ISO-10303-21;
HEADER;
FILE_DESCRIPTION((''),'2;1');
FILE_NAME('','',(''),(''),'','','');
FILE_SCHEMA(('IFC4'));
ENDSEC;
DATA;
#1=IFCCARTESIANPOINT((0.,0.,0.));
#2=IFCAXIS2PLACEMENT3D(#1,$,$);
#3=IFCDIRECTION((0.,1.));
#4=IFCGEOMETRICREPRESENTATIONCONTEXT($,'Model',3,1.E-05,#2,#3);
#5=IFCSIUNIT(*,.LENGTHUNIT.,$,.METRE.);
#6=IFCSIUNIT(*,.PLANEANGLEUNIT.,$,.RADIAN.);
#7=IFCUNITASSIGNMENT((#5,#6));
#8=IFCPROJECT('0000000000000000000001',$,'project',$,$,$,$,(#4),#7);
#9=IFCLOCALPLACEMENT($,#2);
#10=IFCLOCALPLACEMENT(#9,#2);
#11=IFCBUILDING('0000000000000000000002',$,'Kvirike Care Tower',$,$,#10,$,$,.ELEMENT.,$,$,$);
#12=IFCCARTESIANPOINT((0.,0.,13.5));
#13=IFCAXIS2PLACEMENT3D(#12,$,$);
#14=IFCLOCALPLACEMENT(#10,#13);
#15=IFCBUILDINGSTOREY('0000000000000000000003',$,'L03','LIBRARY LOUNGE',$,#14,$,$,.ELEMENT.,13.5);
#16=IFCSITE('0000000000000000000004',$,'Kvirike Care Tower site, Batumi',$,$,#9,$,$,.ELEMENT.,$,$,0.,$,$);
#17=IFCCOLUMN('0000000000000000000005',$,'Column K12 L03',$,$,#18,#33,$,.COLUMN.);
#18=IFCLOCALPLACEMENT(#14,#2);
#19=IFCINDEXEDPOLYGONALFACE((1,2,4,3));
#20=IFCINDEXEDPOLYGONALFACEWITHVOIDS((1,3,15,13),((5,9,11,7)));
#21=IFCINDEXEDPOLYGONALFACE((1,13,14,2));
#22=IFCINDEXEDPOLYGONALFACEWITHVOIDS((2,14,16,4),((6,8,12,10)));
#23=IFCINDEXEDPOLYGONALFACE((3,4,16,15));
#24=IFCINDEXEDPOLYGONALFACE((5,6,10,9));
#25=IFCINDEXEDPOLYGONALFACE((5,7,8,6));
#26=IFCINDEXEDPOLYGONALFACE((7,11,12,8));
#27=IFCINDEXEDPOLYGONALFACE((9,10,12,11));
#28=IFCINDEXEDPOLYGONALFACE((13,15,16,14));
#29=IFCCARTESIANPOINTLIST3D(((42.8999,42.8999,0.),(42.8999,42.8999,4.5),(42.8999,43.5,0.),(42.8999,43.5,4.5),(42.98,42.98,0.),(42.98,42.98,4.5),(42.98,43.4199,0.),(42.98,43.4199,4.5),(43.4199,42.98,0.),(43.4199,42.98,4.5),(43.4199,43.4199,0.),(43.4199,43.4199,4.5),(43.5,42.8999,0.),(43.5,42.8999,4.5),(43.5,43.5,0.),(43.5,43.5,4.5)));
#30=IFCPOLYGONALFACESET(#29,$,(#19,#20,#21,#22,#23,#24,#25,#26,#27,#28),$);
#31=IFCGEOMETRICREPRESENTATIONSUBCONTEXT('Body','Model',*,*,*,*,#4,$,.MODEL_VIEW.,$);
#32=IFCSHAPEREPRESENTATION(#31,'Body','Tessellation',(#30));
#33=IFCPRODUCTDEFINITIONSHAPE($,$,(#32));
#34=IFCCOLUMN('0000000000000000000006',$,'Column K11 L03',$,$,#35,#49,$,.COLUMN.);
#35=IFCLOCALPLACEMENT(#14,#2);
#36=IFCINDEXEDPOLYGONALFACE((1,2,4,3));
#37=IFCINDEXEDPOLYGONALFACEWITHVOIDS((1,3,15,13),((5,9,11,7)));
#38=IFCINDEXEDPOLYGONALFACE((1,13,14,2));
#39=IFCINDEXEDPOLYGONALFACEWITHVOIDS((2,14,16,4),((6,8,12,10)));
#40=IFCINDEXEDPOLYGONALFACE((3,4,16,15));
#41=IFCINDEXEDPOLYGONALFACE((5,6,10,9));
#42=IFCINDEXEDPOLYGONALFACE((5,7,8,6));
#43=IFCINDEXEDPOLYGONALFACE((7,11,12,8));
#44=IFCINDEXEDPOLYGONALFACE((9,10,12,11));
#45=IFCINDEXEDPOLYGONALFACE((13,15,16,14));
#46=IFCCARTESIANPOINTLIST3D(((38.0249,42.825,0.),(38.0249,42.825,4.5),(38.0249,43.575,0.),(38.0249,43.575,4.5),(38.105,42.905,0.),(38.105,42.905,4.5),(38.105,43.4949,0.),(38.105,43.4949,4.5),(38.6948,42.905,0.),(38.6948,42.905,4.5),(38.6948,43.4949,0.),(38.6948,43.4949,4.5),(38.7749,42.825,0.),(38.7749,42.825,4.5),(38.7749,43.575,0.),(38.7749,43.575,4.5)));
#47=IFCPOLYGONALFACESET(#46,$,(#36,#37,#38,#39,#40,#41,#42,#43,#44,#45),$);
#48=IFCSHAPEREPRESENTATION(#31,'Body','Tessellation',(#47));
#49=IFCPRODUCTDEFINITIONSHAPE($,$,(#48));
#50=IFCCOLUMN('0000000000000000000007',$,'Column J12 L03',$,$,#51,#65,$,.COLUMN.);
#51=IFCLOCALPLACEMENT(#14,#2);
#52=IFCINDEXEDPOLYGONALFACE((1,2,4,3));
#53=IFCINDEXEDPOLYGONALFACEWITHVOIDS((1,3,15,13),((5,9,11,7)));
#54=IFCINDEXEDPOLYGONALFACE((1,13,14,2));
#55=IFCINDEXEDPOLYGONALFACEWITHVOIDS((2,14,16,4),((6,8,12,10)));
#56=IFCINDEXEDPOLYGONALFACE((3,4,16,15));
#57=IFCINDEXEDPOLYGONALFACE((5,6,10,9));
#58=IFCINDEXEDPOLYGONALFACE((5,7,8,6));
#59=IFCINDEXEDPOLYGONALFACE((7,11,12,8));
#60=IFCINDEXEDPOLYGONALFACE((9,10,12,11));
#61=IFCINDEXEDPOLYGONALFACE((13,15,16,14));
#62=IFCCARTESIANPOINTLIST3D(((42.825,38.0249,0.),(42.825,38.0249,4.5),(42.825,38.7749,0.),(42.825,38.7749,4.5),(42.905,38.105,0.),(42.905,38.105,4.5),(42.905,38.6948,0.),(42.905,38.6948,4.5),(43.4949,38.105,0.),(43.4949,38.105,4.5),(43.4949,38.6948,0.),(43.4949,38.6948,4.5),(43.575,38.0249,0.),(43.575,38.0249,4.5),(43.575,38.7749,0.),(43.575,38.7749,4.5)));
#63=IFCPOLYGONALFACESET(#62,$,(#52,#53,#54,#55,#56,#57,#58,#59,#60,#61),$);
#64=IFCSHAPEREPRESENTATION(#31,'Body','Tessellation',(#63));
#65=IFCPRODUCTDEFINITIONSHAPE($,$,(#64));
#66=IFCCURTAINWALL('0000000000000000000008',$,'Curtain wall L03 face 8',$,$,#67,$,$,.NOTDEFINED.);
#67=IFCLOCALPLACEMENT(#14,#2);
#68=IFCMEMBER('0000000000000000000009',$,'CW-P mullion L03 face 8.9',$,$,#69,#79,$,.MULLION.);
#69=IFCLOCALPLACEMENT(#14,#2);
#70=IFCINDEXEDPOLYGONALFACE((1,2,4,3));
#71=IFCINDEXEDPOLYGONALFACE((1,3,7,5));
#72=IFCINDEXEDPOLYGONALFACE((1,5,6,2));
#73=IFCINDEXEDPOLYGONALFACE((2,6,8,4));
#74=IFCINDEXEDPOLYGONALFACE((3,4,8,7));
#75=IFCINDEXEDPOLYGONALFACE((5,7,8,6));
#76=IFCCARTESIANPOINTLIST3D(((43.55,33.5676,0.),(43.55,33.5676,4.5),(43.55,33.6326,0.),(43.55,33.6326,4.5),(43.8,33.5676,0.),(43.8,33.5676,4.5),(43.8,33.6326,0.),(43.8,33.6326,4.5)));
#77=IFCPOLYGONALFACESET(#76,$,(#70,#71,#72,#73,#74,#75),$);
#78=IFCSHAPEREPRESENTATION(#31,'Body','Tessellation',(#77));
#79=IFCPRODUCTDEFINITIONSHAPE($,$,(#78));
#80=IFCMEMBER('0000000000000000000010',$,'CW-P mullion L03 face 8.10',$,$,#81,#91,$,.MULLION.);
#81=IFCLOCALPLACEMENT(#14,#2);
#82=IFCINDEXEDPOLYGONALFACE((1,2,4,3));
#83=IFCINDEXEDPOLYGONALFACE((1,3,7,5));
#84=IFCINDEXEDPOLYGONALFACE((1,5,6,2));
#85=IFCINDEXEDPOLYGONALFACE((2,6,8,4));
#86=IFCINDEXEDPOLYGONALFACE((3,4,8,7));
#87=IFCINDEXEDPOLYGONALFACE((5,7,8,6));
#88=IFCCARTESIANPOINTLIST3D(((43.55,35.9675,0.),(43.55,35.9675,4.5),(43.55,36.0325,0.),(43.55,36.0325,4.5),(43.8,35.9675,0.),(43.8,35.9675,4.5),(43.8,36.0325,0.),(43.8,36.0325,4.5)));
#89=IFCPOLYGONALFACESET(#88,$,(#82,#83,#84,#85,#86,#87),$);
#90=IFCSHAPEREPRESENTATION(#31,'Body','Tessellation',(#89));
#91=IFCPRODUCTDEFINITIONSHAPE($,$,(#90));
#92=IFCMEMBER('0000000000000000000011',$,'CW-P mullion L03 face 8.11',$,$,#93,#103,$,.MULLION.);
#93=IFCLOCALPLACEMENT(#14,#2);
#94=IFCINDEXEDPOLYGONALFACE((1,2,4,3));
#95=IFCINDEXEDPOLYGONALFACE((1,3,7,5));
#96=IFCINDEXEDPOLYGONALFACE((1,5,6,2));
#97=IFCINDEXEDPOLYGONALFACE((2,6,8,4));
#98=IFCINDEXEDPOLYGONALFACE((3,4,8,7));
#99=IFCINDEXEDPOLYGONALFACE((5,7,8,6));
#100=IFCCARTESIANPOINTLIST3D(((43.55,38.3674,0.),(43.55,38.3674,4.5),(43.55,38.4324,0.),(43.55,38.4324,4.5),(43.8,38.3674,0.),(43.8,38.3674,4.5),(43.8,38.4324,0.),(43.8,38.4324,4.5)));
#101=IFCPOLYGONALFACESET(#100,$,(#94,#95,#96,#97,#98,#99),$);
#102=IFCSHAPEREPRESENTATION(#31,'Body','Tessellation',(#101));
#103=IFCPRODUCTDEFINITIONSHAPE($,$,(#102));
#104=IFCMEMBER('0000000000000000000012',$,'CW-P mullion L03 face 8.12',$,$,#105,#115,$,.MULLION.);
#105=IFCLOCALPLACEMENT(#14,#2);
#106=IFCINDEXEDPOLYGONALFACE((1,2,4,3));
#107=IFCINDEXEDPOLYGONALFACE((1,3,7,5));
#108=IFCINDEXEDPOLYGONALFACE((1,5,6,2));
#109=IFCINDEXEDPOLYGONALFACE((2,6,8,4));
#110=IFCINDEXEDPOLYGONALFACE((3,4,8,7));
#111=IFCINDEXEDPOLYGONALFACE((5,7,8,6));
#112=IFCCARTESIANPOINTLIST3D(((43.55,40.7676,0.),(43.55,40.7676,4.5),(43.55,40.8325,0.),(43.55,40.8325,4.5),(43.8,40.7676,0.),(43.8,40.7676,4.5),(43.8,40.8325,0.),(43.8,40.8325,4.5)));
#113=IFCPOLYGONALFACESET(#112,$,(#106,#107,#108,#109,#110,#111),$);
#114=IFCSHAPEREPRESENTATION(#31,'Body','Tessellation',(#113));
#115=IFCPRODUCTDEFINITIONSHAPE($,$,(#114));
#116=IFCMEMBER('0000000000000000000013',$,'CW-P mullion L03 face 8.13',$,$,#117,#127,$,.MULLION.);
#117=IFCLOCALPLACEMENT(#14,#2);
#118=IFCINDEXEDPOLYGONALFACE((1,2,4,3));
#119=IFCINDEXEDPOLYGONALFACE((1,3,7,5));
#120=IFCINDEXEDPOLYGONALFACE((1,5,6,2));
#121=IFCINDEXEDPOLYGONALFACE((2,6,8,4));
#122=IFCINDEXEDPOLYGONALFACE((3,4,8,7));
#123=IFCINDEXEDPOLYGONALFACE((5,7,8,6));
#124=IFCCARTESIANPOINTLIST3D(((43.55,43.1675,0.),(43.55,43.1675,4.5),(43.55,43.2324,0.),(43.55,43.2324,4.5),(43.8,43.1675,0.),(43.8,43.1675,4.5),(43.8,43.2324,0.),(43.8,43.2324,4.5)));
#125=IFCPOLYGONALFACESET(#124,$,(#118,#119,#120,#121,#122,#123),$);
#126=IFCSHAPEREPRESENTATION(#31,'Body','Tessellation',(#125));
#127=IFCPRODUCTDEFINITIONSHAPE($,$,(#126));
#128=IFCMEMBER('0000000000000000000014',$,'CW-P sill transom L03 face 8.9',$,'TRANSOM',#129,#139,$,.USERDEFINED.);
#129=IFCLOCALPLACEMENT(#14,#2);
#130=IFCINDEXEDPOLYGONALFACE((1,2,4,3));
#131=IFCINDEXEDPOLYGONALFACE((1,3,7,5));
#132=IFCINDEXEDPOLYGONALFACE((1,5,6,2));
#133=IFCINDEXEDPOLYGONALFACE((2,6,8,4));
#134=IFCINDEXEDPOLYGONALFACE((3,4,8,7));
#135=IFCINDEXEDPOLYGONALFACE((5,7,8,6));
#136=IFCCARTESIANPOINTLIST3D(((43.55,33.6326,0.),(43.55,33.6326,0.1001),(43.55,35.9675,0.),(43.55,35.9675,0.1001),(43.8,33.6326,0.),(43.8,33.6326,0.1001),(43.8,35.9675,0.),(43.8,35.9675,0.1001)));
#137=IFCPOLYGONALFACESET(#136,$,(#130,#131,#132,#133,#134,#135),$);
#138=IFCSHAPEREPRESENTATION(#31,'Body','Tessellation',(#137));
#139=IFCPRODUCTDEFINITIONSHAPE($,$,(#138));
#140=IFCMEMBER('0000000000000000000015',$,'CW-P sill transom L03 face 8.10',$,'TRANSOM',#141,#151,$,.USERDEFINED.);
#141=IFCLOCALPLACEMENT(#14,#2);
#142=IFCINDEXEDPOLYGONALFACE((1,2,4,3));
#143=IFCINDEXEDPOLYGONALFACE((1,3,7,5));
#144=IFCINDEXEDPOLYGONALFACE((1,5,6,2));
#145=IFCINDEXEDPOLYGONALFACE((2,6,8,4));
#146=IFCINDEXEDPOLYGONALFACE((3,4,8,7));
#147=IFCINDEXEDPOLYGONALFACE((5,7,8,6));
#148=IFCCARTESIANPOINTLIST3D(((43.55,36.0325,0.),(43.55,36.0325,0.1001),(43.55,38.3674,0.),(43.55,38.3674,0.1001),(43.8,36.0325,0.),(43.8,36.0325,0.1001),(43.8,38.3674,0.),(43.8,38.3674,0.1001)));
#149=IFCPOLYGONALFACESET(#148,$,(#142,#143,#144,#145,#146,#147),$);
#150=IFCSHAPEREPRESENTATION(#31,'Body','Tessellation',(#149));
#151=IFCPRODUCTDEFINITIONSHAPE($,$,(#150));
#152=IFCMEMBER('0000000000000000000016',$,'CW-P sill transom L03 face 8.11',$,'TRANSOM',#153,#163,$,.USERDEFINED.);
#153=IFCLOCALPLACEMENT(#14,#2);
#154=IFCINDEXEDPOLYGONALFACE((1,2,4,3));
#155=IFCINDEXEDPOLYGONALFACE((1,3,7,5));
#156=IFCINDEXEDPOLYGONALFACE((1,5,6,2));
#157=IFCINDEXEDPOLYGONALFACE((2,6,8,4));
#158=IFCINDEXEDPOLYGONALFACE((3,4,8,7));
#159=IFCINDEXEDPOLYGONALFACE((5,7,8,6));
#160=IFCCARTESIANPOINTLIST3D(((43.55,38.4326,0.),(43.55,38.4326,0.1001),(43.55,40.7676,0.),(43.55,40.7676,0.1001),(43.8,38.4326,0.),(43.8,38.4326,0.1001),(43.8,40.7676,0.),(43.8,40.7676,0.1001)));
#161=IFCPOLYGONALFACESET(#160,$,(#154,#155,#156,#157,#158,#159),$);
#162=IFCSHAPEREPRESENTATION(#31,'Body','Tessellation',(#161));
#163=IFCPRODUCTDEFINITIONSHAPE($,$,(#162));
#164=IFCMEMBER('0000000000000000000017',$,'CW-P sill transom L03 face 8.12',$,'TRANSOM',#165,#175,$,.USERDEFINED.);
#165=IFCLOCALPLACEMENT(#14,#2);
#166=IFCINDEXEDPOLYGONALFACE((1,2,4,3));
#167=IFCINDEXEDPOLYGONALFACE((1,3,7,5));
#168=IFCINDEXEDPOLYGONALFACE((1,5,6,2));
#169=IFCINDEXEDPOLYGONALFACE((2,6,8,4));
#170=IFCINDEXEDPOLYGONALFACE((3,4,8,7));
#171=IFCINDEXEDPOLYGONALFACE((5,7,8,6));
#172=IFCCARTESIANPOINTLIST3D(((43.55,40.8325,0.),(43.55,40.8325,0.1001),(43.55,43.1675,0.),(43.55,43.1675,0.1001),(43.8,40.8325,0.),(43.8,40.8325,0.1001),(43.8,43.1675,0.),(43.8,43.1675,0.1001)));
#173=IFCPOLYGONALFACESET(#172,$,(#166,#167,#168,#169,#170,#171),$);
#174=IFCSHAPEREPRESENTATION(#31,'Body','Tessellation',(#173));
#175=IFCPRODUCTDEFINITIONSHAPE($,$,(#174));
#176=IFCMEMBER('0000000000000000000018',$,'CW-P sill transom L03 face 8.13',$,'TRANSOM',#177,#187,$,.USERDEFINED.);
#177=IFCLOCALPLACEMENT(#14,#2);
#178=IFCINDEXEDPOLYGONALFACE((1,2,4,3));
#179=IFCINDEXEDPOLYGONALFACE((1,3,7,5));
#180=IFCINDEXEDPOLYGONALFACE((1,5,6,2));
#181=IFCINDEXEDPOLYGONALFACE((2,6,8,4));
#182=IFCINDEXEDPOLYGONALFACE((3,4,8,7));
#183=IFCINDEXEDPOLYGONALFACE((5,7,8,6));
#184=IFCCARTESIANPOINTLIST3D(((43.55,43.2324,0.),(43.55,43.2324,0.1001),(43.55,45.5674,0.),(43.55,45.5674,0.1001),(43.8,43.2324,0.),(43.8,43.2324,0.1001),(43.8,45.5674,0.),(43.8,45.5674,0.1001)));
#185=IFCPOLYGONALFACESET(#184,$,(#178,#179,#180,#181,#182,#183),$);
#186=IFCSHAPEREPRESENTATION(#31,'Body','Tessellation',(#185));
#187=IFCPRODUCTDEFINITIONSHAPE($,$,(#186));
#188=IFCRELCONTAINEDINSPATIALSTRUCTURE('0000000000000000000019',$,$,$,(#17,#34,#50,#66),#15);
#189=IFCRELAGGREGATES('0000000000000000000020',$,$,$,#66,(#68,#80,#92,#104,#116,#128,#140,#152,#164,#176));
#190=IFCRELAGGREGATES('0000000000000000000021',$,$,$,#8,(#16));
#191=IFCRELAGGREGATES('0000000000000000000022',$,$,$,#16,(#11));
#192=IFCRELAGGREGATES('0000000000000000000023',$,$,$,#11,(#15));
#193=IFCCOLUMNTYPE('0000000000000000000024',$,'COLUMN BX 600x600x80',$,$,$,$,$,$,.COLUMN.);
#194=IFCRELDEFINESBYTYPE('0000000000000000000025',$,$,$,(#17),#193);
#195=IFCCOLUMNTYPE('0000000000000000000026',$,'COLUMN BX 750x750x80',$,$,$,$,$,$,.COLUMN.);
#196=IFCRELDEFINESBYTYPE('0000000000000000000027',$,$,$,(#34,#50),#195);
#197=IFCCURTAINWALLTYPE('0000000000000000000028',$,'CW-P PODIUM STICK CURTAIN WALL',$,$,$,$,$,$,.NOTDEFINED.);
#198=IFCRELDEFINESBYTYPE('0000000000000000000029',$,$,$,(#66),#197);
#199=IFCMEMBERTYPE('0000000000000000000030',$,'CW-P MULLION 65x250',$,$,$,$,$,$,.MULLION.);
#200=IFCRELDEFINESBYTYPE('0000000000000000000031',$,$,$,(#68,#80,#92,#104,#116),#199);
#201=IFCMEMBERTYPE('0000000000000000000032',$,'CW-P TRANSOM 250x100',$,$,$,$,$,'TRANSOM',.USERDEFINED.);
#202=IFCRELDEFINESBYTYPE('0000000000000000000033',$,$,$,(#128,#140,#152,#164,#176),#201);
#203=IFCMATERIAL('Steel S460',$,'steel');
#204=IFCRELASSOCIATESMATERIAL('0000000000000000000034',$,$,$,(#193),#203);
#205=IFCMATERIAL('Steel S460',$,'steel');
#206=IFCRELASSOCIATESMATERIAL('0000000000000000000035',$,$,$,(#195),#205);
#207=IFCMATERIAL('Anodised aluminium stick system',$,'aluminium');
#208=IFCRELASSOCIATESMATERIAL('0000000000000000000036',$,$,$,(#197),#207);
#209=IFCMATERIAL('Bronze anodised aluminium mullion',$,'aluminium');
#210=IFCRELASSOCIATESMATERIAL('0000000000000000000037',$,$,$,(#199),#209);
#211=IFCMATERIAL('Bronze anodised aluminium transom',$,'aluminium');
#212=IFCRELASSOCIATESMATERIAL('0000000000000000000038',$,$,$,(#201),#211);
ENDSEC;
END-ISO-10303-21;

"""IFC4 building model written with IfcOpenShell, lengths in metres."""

from ifc_helpers import new_model, si_unit, direction, frame, origin, origin_2d, place, context, subcontext, project, spatial, rectangle, hollow_rectangle, extrude, material, material_profile, profile_set, type_object, element, aggregate, save


model = new_model("IFC4")

# Units and contexts
model_context = context("Model", 3, precision=1e-05, world=origin(), true_north=direction((0.0, 1.0)))
body_context = subcontext(model_context, "Body", "Model", "MODEL_VIEW")
ifc_project = project(units=[si_unit("LENGTHUNIT", "METRE"), si_unit("PLANEANGLEUNIT", "RADIAN")], contexts=[model_context])

# Site, building, storey
site_placement = place(None, origin())
site = spatial("IfcSite", under=ifc_project, at=site_placement, Name="Kvirike Care Tower site, Batumi", CompositionType="ELEMENT", RefElevation=0.0)
building_placement = place(site_placement, origin())
building = spatial("IfcBuilding", under=site, at=building_placement, Name="Kvirike Care Tower", CompositionType="ELEMENT")
storey_placement = place(building_placement, frame((0.0, 0.0, 13.5)))
storey = spatial("IfcBuildingStorey", under=building, at=storey_placement, Name="L03", Description="LIBRARY LOUNGE", CompositionType="ELEMENT", Elevation=13.5)

# Columns
ifc_material_1 = material(Name="Steel S460", Category="steel")
ifc_material_profile_1 = material_profile(ifc_material_1, hollow_rectangle(XDim=0.6001, YDim=0.6001, WallThickness=0.0801, at=origin_2d()), Name="BX 600x600x80")
ifc_profile_set_1 = profile_set([ifc_material_profile_1], Name="Steel S460")
column_type_1 = type_object("IfcColumnType", Name="COLUMN BX 600x600x80", PredefinedType="COLUMN", material=ifc_profile_set_1)
column_placement = place(storey_placement, frame((43.2, 43.2, 0.0), z_axis=(0.0, 0.0, 1.0), x_axis=(0.0, 1.0, 0.0)))
element("IfcColumn", 1, at=column_placement, inside=storey, type_object=column_type_1, Name="Column K12 L03", PredefinedType="COLUMN", context=body_context, shape_type="SweptSolid", body=[
    extrude(hollow_rectangle(XDim=0.6001, YDim=0.6001, WallThickness=0.0801, at=origin_2d()), origin(), (0.0, 0.0, 1.0), 4.5),
])
ifc_material_2 = material(Name="Steel S460", Category="steel")
ifc_material_profile_2 = material_profile(ifc_material_2, hollow_rectangle(XDim=0.75, YDim=0.75, WallThickness=0.0801, at=origin_2d()), Name="BX 750x750x80")
ifc_profile_set_2 = profile_set([ifc_material_profile_2], Name="Steel S460")
column_type_2 = type_object("IfcColumnType", Name="COLUMN BX 750x750x80", PredefinedType="COLUMN", material=ifc_profile_set_2)
for number, where, z_axis, x_axis, name in (
    (2, (38.3999, 43.2, 0.0), (0.0, 0.0, 1.0), (0.0, 1.0, 0.0), "Column K11 L03"),
    (3, (43.2, 38.3999, 0.0), (0.0, 0.0, 1.0), (1.0, 0.0, 0.0), "Column J12 L03"),
):
    element("IfcColumn", number, at=place(storey_placement, frame(where, z_axis=z_axis, x_axis=x_axis)), inside=storey, type_object=column_type_2, Name=name, PredefinedType="COLUMN", context=body_context, shape_type="SweptSolid", body=[
        extrude(hollow_rectangle(XDim=0.75, YDim=0.75, WallThickness=0.0801, at=origin_2d()), origin(), (0.0, 0.0, 1.0), 4.5),
    ])

# Curtain wall, members
ifc_material_3 = material(Name="Anodised aluminium stick system", Category="aluminium")
curtain_wall_type = type_object("IfcCurtainWallType", Name="CW-P PODIUM STICK CURTAIN WALL", PredefinedType="NOTDEFINED", material=ifc_material_3)
curtain_wall_placement = place(storey_placement, origin())
curtain_wall = element("IfcCurtainWall", 4, at=curtain_wall_placement, inside=storey, type_object=curtain_wall_type, Name="Curtain wall L03 face 8", PredefinedType="NOTDEFINED")
ifc_material_4 = material(Name="Bronze anodised aluminium mullion", Category="aluminium")
ifc_material_profile_3 = material_profile(ifc_material_4, rectangle(XDim=0.0649, YDim=0.25, at=origin_2d()), Name="CW-P MULLION 65x250")
ifc_profile_set_3 = profile_set([ifc_material_profile_3], Name="Bronze anodised aluminium mullion")
member_type_1 = type_object("IfcMemberType", Name="CW-P MULLION 65x250", PredefinedType="MULLION", material=ifc_profile_set_3)
member_1_placement = place(storey_placement, frame((43.675, 33.6001, 0.0), z_axis=(0.0, 0.0, 1.0), x_axis=(0.0, 1.0, 0.0)))
member_1 = element("IfcMember", 5, at=member_1_placement, type_object=member_type_1, Name="CW-P mullion L03 face 8.9", PredefinedType="MULLION", context=body_context, shape_type="SweptSolid", body=[
    extrude(rectangle(XDim=0.0649, YDim=0.25, at=origin_2d()), origin(), (0.0, 0.0, 1.0), 4.5),
])
member_2_placement = place(storey_placement, frame((43.675, 36.0, 0.0), z_axis=(0.0, 0.0, 1.0), x_axis=(0.0, 1.0, 0.0)))
member_2 = element("IfcMember", 6, at=member_2_placement, type_object=member_type_1, Name="CW-P mullion L03 face 8.10", PredefinedType="MULLION", context=body_context, shape_type="SweptSolid", body=[
    extrude(rectangle(XDim=0.0649, YDim=0.25, at=origin_2d()), origin(), (0.0, 0.0, 1.0), 4.5),
])
member_3_placement = place(storey_placement, frame((43.675, 38.3999, 0.0), z_axis=(0.0, 0.0, 1.0), x_axis=(0.0, 1.0, 0.0)))
member_3 = element("IfcMember", 7, at=member_3_placement, type_object=member_type_1, Name="CW-P mullion L03 face 8.11", PredefinedType="MULLION", context=body_context, shape_type="SweptSolid", body=[
    extrude(rectangle(XDim=0.0649, YDim=0.25, at=origin_2d()), origin(), (0.0, 0.0, 1.0), 4.5),
])
member_4_placement = place(storey_placement, frame((43.675, 40.8, 0.0), z_axis=(0.0, 0.0, 1.0), x_axis=(0.0, 1.0, 0.0)))
member_4 = element("IfcMember", 8, at=member_4_placement, type_object=member_type_1, Name="CW-P mullion L03 face 8.12", PredefinedType="MULLION", context=body_context, shape_type="SweptSolid", body=[
    extrude(rectangle(XDim=0.0649, YDim=0.25, at=origin_2d()), origin(), (0.0, 0.0, 1.0), 4.5),
])
member_5_placement = place(storey_placement, frame((43.675, 43.2, 0.0), z_axis=(0.0, 0.0, 1.0), x_axis=(0.0, 1.0, 0.0)))
member_5 = element("IfcMember", 9, at=member_5_placement, type_object=member_type_1, Name="CW-P mullion L03 face 8.13", PredefinedType="MULLION", context=body_context, shape_type="SweptSolid", body=[
    extrude(rectangle(XDim=0.0649, YDim=0.25, at=origin_2d()), origin(), (0.0, 0.0, 1.0), 4.5),
])
ifc_material_5 = material(Name="Bronze anodised aluminium transom", Category="aluminium")
ifc_material_profile_4 = material_profile(ifc_material_5, rectangle(XDim=0.25, YDim=0.1001, at=origin_2d()), Name="CW-P TRANSOM 250x100")
ifc_profile_set_4 = profile_set([ifc_material_profile_4], Name="Bronze anodised aluminium transom")
member_type_2 = type_object("IfcMemberType", Name="CW-P TRANSOM 250x100", ElementType="TRANSOM", PredefinedType="USERDEFINED", material=ifc_profile_set_4)
member_6_placement = place(storey_placement, frame((43.675, 33.6326, 0.05), z_axis=(0.0, 1.0, 0.0), x_axis=(-1.0, 0.0, 0.0)))
member_6 = element("IfcMember", 10, at=member_6_placement, type_object=member_type_2, Name="CW-P sill transom L03 face 8.9", ObjectType="TRANSOM", PredefinedType="USERDEFINED", context=body_context, shape_type="SweptSolid", body=[
    extrude(rectangle(XDim=0.25, YDim=0.1001, at=origin_2d()), origin(), (0.0, 0.0, 1.0), 2.335),
])
member_7_placement = place(storey_placement, frame((43.675, 36.0325, 0.05), z_axis=(0.0, 1.0, 0.0), x_axis=(-1.0, 0.0, 0.0)))
member_7 = element("IfcMember", 11, at=member_7_placement, type_object=member_type_2, Name="CW-P sill transom L03 face 8.10", ObjectType="TRANSOM", PredefinedType="USERDEFINED", context=body_context, shape_type="SweptSolid", body=[
    extrude(rectangle(XDim=0.25, YDim=0.1001, at=origin_2d()), origin(), (0.0, 0.0, 1.0), 2.335),
])
member_8_placement = place(storey_placement, frame((43.675, 38.4326, 0.05), z_axis=(0.0, 1.0, 0.0), x_axis=(-1.0, 0.0, 0.0)))
member_8 = element("IfcMember", 12, at=member_8_placement, type_object=member_type_2, Name="CW-P sill transom L03 face 8.11", ObjectType="TRANSOM", PredefinedType="USERDEFINED", context=body_context, shape_type="SweptSolid", body=[
    extrude(rectangle(XDim=0.25, YDim=0.1001, at=origin_2d()), origin(), (0.0, 0.0, 1.0), 2.335),
])
member_9_placement = place(storey_placement, frame((43.675, 40.8325, 0.05), z_axis=(0.0, 1.0, 0.0), x_axis=(-1.0, 0.0, 0.0)))
member_9 = element("IfcMember", 13, at=member_9_placement, type_object=member_type_2, Name="CW-P sill transom L03 face 8.12", ObjectType="TRANSOM", PredefinedType="USERDEFINED", context=body_context, shape_type="SweptSolid", body=[
    extrude(rectangle(XDim=0.25, YDim=0.1001, at=origin_2d()), origin(), (0.0, 0.0, 1.0), 2.335),
])
member_10_placement = place(storey_placement, frame((43.675, 43.2324, 0.05), z_axis=(0.0, 1.0, 0.0), x_axis=(-1.0, 0.0, 0.0)))
member_10 = element("IfcMember", 14, at=member_10_placement, type_object=member_type_2, Name="CW-P sill transom L03 face 8.13", ObjectType="TRANSOM", PredefinedType="USERDEFINED", context=body_context, shape_type="SweptSolid", body=[
    extrude(rectangle(XDim=0.25, YDim=0.1001, at=origin_2d()), origin(), (0.0, 0.0, 1.0), 2.335),
])

aggregate(curtain_wall, [member_1, member_2, member_3, member_4, member_5, member_6, member_7, member_8, member_9, member_10])

save(model, "model.ifc")
